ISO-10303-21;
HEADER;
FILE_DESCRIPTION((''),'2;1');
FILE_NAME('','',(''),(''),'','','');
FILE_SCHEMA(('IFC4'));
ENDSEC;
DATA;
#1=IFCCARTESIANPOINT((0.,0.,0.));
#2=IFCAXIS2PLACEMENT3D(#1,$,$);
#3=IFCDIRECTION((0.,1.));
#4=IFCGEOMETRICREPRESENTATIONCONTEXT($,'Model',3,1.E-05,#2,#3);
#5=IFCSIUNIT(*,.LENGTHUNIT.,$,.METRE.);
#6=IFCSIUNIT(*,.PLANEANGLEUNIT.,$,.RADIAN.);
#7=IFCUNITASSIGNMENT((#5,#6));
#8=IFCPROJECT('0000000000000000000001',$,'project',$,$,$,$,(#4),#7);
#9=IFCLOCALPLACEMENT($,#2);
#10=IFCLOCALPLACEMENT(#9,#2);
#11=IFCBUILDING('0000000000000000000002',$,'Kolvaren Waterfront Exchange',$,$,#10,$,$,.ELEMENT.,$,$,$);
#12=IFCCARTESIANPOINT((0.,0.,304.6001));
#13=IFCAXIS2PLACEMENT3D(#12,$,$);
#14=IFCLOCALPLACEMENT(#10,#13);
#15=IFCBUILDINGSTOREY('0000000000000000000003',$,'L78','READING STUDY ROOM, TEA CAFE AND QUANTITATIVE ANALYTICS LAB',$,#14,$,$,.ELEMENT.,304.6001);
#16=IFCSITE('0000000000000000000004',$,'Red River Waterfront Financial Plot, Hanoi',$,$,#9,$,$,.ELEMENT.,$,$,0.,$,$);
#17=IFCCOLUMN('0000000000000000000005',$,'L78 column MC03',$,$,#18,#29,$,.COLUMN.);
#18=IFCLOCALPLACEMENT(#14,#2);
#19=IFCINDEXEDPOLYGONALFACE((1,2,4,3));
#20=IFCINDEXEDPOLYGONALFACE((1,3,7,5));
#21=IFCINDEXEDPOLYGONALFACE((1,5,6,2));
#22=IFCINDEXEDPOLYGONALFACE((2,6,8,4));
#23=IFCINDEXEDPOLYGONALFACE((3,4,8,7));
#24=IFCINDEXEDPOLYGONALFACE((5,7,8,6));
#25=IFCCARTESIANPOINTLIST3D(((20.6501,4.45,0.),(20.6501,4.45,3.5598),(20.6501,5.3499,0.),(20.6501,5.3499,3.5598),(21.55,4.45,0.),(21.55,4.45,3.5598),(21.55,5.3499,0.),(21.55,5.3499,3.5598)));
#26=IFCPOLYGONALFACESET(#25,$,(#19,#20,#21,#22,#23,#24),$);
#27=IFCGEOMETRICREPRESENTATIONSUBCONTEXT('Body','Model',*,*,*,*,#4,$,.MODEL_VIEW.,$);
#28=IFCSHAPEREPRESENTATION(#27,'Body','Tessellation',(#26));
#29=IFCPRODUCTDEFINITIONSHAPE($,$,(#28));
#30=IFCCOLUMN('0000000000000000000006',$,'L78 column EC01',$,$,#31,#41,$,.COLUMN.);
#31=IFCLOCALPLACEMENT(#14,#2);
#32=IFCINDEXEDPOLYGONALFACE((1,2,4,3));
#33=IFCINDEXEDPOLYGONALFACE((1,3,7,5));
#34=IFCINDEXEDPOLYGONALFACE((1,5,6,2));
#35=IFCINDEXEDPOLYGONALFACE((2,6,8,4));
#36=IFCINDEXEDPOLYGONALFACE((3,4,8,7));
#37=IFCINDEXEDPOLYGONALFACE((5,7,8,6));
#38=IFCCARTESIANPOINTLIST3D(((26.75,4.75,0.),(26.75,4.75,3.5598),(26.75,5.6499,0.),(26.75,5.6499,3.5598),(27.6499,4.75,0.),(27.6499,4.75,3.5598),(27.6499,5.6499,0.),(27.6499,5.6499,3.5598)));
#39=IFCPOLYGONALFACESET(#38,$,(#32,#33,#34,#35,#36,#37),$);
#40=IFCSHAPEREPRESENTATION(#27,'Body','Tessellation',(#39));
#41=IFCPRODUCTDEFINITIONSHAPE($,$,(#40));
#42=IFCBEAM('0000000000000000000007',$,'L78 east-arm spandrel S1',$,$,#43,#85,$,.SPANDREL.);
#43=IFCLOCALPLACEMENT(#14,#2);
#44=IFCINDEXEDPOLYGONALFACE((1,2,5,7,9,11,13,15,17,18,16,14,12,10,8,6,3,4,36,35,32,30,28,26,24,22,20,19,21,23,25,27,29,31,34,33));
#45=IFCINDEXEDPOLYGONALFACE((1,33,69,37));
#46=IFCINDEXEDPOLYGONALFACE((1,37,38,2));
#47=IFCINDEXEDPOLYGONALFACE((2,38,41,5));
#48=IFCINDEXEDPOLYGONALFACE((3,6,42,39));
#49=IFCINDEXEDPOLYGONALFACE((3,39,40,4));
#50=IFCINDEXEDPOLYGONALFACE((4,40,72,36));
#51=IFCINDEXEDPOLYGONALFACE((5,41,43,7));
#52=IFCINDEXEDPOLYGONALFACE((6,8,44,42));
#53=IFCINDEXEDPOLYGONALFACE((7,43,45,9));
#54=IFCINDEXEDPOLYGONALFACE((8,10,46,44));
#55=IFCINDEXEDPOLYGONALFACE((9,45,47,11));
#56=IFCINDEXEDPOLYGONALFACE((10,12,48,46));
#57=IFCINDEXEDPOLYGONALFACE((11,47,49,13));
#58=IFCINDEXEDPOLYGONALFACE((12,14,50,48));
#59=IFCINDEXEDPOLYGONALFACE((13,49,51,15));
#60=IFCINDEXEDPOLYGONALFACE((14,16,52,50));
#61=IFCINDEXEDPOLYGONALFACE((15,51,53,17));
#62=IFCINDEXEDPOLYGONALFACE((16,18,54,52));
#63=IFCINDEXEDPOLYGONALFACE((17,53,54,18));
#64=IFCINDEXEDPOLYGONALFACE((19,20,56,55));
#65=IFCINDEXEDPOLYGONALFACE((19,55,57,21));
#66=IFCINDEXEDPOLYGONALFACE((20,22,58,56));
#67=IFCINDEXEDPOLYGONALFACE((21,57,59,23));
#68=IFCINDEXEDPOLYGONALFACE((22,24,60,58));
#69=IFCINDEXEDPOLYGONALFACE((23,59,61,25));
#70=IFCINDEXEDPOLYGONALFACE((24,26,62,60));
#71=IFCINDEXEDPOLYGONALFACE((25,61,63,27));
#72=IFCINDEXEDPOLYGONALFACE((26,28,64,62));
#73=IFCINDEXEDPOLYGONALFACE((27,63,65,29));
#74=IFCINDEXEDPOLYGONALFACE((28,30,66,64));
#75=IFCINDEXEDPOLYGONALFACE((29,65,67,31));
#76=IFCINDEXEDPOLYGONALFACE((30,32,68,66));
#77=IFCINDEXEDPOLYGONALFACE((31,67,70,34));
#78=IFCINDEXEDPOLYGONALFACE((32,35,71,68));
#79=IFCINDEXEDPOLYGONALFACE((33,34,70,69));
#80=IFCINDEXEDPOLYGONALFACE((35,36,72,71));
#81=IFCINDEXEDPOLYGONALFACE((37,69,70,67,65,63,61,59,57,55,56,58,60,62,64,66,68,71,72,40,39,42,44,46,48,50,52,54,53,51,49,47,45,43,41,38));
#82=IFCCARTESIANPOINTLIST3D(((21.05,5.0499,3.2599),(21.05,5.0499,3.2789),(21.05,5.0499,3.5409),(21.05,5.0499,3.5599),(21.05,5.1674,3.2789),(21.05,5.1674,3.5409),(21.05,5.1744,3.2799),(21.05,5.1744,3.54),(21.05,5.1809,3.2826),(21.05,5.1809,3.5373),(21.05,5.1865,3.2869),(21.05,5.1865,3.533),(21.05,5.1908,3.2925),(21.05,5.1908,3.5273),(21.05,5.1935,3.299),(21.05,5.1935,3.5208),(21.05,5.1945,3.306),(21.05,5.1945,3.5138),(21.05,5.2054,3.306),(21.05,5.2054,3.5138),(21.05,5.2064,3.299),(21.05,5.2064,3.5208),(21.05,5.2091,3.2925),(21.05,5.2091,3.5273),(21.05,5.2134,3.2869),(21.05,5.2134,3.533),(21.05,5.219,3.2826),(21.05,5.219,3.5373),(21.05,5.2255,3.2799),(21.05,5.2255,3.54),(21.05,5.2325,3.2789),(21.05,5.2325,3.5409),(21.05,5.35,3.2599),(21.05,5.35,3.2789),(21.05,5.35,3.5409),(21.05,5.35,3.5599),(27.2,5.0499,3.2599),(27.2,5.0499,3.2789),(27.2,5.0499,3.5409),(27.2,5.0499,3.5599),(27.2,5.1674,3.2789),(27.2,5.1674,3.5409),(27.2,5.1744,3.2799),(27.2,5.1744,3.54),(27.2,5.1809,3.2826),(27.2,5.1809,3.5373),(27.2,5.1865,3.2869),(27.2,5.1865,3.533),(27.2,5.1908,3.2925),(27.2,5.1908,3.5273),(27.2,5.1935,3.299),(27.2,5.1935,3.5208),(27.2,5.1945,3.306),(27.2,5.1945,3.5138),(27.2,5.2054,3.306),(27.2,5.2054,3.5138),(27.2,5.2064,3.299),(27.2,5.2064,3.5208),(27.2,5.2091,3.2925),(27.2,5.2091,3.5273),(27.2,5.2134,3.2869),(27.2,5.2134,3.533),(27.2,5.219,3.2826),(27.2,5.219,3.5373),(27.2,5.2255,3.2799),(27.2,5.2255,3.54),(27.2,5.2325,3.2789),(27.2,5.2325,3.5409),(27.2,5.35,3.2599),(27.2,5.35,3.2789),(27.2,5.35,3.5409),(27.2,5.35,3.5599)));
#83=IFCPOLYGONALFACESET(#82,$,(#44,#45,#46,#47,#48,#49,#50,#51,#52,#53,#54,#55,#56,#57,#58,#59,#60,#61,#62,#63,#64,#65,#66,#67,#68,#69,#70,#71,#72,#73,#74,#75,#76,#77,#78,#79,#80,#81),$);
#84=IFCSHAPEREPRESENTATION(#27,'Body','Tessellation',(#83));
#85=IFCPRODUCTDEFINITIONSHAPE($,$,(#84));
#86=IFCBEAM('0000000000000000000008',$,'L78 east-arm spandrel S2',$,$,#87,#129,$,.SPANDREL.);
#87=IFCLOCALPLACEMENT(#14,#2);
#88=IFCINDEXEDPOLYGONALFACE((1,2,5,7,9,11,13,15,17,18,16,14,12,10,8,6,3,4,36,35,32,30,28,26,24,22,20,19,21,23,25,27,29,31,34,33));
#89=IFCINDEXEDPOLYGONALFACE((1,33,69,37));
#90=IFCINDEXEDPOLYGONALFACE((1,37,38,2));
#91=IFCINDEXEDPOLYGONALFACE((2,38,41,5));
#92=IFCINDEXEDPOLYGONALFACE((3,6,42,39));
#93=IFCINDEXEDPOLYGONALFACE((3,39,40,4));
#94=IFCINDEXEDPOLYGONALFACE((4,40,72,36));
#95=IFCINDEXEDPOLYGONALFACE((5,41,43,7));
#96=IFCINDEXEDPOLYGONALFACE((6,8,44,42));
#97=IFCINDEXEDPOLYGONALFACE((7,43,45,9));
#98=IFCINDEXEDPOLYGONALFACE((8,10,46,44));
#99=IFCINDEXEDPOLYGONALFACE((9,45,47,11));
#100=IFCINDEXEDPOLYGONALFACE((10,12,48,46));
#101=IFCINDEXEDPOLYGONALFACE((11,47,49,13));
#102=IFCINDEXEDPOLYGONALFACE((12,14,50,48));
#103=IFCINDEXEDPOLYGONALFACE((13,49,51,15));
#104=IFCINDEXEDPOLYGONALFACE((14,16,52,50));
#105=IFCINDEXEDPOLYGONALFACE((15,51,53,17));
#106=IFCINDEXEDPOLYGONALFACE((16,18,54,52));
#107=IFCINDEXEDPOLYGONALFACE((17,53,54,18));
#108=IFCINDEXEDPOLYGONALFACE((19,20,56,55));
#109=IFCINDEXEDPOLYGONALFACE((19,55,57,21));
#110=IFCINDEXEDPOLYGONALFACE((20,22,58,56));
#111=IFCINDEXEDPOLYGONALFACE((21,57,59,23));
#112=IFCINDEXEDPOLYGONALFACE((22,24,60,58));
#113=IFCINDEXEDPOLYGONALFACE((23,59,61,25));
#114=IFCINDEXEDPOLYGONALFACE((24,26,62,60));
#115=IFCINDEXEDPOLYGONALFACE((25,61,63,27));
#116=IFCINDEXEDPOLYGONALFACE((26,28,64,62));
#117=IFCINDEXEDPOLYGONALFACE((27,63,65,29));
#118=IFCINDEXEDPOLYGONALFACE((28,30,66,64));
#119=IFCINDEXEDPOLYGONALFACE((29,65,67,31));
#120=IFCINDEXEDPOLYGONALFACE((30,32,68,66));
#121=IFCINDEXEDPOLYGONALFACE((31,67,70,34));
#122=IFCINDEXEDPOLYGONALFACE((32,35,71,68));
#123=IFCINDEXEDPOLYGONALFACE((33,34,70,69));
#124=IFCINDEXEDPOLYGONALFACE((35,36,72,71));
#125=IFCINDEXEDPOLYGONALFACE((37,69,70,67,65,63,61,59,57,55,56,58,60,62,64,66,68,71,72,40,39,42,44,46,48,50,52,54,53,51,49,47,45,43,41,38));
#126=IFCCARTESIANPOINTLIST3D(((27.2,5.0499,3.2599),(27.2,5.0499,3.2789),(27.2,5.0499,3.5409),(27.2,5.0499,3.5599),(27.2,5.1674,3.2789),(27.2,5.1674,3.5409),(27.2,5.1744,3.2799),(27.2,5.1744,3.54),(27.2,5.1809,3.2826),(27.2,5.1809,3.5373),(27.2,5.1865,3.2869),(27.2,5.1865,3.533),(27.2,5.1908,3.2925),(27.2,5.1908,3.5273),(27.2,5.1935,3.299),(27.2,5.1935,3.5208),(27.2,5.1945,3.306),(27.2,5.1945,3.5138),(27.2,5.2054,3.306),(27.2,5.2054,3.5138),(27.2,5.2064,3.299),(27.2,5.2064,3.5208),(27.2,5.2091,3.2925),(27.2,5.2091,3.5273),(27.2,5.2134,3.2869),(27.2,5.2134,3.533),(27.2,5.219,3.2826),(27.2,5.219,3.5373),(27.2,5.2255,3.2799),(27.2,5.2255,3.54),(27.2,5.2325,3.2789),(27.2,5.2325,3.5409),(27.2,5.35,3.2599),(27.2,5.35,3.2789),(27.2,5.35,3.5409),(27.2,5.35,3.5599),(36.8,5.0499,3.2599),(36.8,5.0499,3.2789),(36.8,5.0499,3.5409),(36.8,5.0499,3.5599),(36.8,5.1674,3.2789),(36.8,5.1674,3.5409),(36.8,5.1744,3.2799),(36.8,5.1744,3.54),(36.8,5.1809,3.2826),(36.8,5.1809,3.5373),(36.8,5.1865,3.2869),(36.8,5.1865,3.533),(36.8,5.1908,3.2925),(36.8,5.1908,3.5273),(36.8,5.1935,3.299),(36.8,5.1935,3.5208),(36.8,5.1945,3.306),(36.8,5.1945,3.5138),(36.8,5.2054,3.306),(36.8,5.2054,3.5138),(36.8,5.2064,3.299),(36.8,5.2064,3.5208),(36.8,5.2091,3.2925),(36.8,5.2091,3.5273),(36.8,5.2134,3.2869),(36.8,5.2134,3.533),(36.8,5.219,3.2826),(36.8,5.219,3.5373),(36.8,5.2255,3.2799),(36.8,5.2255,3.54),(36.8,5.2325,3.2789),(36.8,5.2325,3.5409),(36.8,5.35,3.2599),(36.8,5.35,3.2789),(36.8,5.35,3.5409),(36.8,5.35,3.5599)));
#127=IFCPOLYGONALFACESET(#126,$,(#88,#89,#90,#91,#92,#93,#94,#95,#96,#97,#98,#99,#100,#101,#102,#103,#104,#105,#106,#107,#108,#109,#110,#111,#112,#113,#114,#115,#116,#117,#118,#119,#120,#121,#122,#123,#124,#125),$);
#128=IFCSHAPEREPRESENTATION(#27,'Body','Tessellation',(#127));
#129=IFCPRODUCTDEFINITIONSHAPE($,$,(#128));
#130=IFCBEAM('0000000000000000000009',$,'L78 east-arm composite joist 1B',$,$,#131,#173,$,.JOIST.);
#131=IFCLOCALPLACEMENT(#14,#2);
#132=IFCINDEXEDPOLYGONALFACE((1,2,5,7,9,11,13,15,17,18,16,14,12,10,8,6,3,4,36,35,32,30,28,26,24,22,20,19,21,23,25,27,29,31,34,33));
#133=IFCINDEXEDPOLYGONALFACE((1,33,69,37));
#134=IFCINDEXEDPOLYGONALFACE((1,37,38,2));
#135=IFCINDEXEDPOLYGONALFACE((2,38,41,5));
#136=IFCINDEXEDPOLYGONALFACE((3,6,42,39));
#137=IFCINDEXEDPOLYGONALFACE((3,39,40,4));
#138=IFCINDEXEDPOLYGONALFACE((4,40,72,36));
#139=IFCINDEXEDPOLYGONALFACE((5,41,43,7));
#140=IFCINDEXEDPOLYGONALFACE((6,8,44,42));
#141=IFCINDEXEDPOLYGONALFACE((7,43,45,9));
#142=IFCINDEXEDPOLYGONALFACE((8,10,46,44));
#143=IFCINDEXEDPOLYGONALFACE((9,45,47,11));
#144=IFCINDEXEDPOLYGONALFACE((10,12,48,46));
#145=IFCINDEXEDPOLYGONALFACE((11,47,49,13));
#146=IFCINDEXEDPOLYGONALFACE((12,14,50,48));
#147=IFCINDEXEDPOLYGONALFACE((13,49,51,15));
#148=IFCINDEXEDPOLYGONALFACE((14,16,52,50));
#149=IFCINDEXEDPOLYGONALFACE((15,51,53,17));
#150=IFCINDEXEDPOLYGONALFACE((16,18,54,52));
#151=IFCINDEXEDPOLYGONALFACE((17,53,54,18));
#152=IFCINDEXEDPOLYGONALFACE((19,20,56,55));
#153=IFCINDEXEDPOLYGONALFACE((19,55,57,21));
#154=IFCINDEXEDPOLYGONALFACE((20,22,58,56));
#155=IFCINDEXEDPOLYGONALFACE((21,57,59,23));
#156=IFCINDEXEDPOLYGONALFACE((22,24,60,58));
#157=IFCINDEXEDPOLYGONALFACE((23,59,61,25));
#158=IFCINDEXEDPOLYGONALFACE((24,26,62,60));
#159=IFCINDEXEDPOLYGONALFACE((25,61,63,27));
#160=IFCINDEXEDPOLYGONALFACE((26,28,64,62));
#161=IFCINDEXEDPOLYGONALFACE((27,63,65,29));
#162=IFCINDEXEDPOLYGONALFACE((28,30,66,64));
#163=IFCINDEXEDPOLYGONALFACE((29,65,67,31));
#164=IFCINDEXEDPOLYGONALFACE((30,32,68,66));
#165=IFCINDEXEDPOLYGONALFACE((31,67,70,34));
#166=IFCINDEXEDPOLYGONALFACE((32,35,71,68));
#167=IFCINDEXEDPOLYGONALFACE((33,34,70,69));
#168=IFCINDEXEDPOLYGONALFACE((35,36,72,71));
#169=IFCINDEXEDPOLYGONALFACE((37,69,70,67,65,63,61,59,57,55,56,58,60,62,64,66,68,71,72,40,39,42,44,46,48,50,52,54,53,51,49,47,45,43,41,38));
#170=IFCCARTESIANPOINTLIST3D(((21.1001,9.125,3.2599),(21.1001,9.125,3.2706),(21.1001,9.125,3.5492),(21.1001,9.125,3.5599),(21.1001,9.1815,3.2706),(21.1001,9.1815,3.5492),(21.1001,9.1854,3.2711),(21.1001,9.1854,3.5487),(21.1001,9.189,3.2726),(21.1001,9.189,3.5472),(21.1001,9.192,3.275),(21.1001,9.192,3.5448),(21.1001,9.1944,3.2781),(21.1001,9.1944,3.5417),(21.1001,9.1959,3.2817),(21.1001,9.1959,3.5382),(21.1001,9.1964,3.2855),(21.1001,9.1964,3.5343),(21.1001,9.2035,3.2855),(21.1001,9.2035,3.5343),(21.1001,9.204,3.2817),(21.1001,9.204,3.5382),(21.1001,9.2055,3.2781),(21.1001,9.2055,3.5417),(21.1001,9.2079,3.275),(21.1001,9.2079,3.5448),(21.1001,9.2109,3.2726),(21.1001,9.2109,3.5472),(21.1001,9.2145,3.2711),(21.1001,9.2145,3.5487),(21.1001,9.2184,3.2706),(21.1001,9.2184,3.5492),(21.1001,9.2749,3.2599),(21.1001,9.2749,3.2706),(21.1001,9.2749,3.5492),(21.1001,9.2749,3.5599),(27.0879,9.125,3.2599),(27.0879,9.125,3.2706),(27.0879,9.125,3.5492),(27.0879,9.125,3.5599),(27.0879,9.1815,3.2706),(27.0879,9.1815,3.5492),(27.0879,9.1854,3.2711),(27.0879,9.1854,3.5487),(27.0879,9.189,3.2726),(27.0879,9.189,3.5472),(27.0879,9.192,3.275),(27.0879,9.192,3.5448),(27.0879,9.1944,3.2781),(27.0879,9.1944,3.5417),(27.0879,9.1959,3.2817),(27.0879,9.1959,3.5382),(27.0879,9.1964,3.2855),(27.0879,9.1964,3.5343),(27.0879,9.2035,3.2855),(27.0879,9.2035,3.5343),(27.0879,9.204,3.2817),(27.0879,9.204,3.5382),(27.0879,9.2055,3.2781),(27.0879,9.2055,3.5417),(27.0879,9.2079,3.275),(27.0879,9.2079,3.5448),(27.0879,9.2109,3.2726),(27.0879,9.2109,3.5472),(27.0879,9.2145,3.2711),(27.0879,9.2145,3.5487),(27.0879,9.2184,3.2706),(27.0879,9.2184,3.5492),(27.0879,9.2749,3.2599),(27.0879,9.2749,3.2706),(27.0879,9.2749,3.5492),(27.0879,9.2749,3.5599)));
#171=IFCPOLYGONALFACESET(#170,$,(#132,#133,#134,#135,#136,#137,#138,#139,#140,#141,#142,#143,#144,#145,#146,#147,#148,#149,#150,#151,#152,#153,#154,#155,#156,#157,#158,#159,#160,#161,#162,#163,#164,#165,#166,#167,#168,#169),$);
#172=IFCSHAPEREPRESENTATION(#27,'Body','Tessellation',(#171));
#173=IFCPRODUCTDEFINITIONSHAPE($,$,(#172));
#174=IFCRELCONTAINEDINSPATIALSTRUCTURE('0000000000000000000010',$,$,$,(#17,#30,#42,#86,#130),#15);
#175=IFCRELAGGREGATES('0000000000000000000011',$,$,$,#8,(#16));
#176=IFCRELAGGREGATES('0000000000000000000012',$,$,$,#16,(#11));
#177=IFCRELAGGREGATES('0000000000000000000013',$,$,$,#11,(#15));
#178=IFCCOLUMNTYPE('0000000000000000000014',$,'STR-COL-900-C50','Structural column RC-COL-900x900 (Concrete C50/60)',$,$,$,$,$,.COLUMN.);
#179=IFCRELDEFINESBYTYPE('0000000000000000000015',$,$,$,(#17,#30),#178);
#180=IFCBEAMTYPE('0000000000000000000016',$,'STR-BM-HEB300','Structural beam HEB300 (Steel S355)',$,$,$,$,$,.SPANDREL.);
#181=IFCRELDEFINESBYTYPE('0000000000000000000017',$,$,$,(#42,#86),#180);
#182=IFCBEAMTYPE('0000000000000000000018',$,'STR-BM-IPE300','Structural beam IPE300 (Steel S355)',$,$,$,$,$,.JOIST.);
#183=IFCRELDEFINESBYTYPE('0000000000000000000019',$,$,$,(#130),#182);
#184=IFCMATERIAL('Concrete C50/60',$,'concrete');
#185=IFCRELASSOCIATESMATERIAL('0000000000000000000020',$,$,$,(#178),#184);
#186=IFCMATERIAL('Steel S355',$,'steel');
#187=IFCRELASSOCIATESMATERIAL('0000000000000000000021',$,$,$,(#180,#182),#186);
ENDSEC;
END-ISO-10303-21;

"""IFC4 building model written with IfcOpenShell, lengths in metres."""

from ifc_helpers import new_model, si_unit, direction, frame, origin, origin_2d, place, context, subcontext, project, spatial, rectangle, i_section, extrude, material, material_profile, profile_set, type_object, element, save


model = new_model("IFC4")

# Units and contexts
model_context = context("Model", 3, precision=1e-05, world=origin(), true_north=direction((0.0, 1.0)))
body_context = subcontext(model_context, "Body", "Model", "MODEL_VIEW")
ifc_project = project(units=[si_unit("LENGTHUNIT", "METRE"), si_unit("PLANEANGLEUNIT", "RADIAN")], contexts=[model_context])

# Site, building, storey
site_placement = place(None, origin())
site = spatial("IfcSite", under=ifc_project, at=site_placement, Name="Red River Waterfront Financial Plot, Hanoi", CompositionType="ELEMENT", RefElevation=0.0)
building_placement = place(site_placement, origin())
building = spatial("IfcBuilding", under=site, at=building_placement, Name="Kolvaren Waterfront Exchange", CompositionType="ELEMENT")
storey_placement = place(building_placement, frame((0.0, 0.0, 304.6001)))
storey = spatial("IfcBuildingStorey", under=building, at=storey_placement, Name="L78", Description="READING STUDY ROOM, TEA CAFE AND QUANTITATIVE ANALYTICS LAB", CompositionType="ELEMENT", Elevation=304.6001)

# Columns
ifc_material_1 = material(Name="Concrete C50/60", Category="concrete")
ifc_material_profile_1 = material_profile(ifc_material_1, rectangle(XDim=0.8999, YDim=0.8999, at=origin_2d()), Name="RC-COL-900x900")
ifc_profile_set_1 = profile_set([ifc_material_profile_1], Name="Concrete C50/60")
column_type = type_object("IfcColumnType", Name="STR-COL-900-C50", Description="Structural column RC-COL-900x900 (Concrete C50/60)", PredefinedType="COLUMN", material=ifc_profile_set_1)
for number, where, z_axis, x_axis, name in (
    (1, (21.1001, 4.8999, 0.0), (0.0, 0.0, 1.0), (1.0, 0.0, 0.0), "L78 column MC03"),
    (2, (27.2, 5.2, 0.0), (0.0, 0.0, 1.0), (1.0, 0.0, 0.0), "L78 column EC01"),
):
    element("IfcColumn", number, at=place(storey_placement, frame(where, z_axis=z_axis, x_axis=x_axis)), inside=storey, type_object=column_type, Name=name, PredefinedType="COLUMN", context=body_context, shape_type="SweptSolid", body=[
        extrude(rectangle(XDim=0.8999, YDim=0.8999, at=origin_2d()), origin(), (0.0, 0.0, 1.0), 3.5598),
    ])

# Beams
ifc_material_2 = material(Name="Steel S355", Category="steel")
ifc_material_profile_2 = material_profile(ifc_material_2, i_section(OverallWidth=0.3, OverallDepth=0.3, WebThickness=0.011, FlangeThickness=0.019, FilletRadius=0.0271, at=origin_2d()), Name="HEB300")
ifc_profile_set_2 = profile_set([ifc_material_profile_2], Name="Steel S355")
beam_type_1 = type_object("IfcBeamType", Name="STR-BM-HEB300", Description="Structural beam HEB300 (Steel S355)", PredefinedType="SPANDREL", material=ifc_profile_set_2)
beam_1_placement = place(storey_placement, frame((21.05, 5.2, 3.4099), z_axis=(1.0, 0.0, 0.0), x_axis=(0.0, 1.0, 0.0)))
element("IfcBeam", 3, at=beam_1_placement, inside=storey, type_object=beam_type_1, Name="L78 east-arm spandrel S1", PredefinedType="SPANDREL", context=body_context, shape_type="SweptSolid", body=[
    extrude(i_section(OverallWidth=0.3, OverallDepth=0.3, WebThickness=0.011, FlangeThickness=0.019, FilletRadius=0.0271, at=origin_2d()), origin(), (0.0, 0.0, 1.0), 6.1499),
])
beam_2_placement = place(storey_placement, frame((27.2, 5.2, 3.4099), z_axis=(1.0, 0.0, 0.0), x_axis=(0.0, 1.0, 0.0)))
element("IfcBeam", 4, at=beam_2_placement, inside=storey, type_object=beam_type_1, Name="L78 east-arm spandrel S2", PredefinedType="SPANDREL", context=body_context, shape_type="SweptSolid", body=[
    extrude(i_section(OverallWidth=0.3, OverallDepth=0.3, WebThickness=0.011, FlangeThickness=0.019, FilletRadius=0.0271, at=origin_2d()), origin(), (0.0, 0.0, 1.0), 9.6001),
])
ifc_material_profile_3 = material_profile(ifc_material_2, i_section(OverallWidth=0.1499, OverallDepth=0.3, WebThickness=0.0071, FlangeThickness=0.0107, FilletRadius=0.0149, at=origin_2d()), Name="IPE300")
ifc_profile_set_3 = profile_set([ifc_material_profile_3], Name="Steel S355")
beam_type_2 = type_object("IfcBeamType", Name="STR-BM-IPE300", Description="Structural beam IPE300 (Steel S355)", PredefinedType="JOIST", material=ifc_profile_set_3)
beam_3_placement = place(storey_placement, frame((21.1001, 9.2, 3.4099), z_axis=(1.0, 0.0, 0.0), x_axis=(0.0, 1.0, 0.0)))
element("IfcBeam", 5, at=beam_3_placement, inside=storey, type_object=beam_type_2, Name="L78 east-arm composite joist 1B", PredefinedType="JOIST", context=body_context, shape_type="SweptSolid", body=[
    extrude(i_section(OverallWidth=0.1499, OverallDepth=0.3, WebThickness=0.0071, FlangeThickness=0.0107, FilletRadius=0.0149, at=origin_2d()), origin(), (0.0, 0.0, 1.0), 5.9878),
])

save(model, "model.ifc")
